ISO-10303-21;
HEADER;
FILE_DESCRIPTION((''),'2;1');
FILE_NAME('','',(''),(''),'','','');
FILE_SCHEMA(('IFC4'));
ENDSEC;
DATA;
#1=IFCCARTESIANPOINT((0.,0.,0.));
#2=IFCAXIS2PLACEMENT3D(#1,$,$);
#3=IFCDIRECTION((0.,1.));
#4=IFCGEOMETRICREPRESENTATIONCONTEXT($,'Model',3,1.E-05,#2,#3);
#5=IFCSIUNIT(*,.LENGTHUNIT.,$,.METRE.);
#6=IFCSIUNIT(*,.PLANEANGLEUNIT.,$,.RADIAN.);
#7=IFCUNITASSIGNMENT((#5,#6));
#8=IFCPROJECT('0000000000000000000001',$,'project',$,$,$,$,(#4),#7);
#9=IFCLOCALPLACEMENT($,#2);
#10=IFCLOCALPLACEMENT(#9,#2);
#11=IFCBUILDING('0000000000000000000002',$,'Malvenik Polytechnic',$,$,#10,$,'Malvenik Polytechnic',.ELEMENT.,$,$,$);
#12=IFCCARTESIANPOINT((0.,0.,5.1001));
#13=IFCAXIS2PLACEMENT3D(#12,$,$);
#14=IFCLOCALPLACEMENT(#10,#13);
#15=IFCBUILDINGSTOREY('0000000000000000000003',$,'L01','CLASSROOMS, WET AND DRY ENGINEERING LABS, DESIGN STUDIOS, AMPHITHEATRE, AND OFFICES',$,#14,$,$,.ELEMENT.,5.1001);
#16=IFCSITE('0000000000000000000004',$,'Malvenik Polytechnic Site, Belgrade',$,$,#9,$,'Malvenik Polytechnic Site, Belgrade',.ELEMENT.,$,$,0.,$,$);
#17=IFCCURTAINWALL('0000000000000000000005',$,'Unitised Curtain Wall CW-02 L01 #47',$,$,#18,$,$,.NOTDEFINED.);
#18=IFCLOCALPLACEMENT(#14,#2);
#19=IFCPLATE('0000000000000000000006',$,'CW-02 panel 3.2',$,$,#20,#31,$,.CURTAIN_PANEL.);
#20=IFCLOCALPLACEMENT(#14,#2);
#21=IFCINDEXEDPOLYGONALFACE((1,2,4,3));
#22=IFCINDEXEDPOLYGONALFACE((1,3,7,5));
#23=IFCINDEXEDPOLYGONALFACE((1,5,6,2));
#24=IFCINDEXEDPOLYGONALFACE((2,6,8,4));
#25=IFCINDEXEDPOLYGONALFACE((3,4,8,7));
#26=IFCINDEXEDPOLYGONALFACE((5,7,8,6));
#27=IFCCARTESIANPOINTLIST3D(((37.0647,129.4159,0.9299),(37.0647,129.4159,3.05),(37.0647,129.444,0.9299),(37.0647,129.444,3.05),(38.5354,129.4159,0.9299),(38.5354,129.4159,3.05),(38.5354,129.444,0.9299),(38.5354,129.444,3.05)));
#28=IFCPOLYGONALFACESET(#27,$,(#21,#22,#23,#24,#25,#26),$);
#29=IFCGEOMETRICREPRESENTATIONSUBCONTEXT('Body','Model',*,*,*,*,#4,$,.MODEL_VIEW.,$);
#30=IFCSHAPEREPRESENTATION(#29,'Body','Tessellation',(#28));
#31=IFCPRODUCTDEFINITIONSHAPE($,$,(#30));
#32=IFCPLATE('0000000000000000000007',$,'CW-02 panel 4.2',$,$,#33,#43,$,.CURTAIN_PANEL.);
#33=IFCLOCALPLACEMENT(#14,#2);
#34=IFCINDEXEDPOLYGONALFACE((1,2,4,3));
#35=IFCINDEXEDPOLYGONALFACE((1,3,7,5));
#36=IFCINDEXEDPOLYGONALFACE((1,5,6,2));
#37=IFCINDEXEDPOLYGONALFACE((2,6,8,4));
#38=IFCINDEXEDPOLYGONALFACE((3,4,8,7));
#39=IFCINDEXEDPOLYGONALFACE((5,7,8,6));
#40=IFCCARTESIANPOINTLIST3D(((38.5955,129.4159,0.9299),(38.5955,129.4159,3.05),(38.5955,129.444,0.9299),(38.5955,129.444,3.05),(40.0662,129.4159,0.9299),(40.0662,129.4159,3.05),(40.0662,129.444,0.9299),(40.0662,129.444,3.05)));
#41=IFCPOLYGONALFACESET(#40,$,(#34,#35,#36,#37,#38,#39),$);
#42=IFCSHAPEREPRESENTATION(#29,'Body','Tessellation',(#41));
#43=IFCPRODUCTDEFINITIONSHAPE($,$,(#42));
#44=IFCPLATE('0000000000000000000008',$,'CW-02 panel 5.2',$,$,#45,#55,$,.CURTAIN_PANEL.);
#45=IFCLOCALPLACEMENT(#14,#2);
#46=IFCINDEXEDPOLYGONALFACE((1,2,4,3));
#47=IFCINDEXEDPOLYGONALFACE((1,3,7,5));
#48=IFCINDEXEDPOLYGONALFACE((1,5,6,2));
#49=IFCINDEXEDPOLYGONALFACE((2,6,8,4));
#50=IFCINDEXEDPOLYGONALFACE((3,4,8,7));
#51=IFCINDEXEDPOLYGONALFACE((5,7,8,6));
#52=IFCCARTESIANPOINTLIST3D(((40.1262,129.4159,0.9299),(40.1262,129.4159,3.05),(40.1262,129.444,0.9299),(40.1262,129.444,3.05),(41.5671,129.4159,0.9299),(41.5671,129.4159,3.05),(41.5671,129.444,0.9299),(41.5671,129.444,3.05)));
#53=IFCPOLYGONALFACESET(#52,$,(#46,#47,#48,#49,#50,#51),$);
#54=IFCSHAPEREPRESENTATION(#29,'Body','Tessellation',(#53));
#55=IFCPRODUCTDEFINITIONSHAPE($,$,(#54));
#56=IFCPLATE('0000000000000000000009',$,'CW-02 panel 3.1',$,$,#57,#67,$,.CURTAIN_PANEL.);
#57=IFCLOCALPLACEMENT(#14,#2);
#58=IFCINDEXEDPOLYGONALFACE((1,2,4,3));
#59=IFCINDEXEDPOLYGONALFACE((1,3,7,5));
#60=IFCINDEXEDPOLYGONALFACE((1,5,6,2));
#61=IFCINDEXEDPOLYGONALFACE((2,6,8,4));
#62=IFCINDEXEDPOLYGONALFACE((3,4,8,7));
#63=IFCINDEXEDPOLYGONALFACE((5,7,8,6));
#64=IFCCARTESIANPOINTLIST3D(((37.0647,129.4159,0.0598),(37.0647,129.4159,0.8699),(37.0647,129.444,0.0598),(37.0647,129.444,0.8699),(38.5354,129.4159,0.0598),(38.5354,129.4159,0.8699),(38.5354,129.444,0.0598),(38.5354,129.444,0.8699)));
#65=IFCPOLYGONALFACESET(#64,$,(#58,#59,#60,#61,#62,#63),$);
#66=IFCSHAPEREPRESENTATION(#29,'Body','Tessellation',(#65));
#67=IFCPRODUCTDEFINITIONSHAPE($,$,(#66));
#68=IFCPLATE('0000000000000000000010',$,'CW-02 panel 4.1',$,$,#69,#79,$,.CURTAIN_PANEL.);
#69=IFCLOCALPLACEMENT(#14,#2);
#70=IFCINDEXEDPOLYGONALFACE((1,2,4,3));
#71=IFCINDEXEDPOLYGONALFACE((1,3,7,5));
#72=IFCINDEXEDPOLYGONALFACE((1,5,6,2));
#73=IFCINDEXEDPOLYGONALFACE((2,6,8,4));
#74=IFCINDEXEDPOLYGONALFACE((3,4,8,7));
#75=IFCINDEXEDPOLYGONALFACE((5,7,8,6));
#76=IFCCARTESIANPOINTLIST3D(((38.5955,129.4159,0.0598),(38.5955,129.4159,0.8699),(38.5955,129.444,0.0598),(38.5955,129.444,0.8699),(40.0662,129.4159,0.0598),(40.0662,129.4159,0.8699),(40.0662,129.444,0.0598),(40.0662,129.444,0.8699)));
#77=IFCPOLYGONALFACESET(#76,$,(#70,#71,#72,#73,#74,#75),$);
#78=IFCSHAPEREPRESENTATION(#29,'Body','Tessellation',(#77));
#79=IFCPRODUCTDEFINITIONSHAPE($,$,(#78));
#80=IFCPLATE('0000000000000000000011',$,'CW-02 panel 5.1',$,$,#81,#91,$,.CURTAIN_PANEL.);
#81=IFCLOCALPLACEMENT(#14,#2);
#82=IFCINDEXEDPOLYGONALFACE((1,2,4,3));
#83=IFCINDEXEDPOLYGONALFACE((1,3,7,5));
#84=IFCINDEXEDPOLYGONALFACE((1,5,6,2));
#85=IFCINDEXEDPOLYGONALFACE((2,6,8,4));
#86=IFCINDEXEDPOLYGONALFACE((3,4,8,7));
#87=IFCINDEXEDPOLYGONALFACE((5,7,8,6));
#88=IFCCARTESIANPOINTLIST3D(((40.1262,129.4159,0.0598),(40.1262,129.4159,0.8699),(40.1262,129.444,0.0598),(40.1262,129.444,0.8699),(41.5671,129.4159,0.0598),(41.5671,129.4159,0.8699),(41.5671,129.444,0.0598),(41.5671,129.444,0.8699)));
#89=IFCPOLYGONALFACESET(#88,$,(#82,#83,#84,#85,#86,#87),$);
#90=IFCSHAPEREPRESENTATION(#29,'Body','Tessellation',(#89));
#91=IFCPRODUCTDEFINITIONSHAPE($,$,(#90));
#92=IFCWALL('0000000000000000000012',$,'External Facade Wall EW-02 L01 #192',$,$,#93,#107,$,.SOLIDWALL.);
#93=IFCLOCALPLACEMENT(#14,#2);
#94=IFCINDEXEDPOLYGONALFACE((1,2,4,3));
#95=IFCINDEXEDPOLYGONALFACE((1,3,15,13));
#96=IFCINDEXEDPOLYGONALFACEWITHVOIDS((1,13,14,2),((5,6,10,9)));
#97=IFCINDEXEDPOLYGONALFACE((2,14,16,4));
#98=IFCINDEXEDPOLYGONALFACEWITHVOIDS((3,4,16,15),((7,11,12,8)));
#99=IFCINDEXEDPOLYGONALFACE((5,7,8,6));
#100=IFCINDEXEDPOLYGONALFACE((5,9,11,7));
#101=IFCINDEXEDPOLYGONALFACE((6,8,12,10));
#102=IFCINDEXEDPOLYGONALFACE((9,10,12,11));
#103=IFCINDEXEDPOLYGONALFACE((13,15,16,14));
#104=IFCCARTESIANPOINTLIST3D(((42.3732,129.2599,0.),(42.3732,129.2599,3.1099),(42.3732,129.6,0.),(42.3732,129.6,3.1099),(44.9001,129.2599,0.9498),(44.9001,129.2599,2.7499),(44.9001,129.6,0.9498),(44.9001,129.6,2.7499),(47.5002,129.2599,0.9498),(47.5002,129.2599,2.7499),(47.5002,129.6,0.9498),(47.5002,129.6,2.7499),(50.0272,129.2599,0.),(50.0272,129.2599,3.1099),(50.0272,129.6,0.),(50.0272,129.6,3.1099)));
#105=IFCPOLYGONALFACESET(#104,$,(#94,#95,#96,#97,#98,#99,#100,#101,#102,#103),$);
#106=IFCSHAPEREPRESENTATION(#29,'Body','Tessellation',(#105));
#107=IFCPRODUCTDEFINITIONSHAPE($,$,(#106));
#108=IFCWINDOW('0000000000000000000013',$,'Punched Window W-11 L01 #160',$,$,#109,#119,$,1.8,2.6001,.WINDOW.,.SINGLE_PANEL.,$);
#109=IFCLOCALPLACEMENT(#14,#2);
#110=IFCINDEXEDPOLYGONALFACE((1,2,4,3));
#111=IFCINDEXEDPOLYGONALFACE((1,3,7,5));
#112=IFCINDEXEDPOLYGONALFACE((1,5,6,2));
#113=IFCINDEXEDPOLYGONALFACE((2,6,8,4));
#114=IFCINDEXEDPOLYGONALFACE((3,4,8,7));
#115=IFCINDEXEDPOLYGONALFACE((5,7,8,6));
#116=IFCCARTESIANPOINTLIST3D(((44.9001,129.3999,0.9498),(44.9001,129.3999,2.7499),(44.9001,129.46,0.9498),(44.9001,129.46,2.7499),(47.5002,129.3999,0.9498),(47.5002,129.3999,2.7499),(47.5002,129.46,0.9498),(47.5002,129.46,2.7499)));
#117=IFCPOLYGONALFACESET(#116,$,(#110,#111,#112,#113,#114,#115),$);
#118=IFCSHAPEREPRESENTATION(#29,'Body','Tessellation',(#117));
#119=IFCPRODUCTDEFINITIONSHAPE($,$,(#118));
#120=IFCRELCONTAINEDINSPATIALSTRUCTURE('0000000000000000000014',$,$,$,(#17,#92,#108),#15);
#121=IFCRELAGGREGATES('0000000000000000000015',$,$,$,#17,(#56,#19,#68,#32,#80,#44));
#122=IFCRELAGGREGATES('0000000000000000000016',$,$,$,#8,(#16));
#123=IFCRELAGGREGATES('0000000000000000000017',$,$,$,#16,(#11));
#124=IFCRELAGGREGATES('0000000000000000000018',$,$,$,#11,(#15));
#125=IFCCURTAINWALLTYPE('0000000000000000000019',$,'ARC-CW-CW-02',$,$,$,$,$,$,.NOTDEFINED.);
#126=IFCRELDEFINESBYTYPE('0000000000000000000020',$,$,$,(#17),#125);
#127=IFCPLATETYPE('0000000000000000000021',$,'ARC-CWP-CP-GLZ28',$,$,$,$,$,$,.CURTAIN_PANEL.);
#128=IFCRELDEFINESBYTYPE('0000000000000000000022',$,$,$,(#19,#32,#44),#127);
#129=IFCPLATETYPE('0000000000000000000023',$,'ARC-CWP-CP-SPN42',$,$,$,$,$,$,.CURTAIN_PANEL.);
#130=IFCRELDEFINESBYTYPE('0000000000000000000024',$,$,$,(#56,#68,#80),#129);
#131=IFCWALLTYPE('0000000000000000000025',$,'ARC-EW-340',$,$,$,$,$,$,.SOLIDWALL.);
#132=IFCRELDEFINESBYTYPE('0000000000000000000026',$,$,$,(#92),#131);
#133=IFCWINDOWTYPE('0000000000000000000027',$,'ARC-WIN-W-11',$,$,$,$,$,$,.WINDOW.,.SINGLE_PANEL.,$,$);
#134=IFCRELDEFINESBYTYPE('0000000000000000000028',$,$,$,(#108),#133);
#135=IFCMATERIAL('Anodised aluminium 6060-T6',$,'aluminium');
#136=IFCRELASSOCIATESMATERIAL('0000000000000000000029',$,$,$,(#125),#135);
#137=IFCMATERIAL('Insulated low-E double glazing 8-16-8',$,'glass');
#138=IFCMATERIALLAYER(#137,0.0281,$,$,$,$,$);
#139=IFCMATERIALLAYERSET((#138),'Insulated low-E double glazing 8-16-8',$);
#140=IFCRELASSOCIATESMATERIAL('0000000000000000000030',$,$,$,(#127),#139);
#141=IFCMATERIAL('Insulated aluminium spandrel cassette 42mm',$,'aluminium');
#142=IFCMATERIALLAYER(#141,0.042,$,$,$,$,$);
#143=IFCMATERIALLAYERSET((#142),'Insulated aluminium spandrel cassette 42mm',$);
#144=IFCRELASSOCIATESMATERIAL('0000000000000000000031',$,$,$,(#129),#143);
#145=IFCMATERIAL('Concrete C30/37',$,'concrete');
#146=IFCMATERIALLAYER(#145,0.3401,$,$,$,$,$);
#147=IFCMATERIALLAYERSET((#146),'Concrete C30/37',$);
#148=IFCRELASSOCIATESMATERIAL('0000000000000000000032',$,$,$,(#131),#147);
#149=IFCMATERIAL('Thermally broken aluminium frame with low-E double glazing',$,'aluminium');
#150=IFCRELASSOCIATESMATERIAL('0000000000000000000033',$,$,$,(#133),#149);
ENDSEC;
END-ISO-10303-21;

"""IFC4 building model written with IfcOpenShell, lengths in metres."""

from ifc_helpers import new_model, si_unit, direction, frame, frame_2d, origin, origin_2d, place, context, subcontext, project, spatial, rectangle, extrude, material, layer, layer_set, type_object, element, fill, aggregate, save


model = new_model("IFC4")

# Units and contexts
model_context = context("Model", 3, precision=1e-05, world=origin(), true_north=direction((0.0, 1.0)))
body_context = subcontext(model_context, "Body", "Model", "MODEL_VIEW")
ifc_project = project(units=[si_unit("LENGTHUNIT", "METRE"), si_unit("PLANEANGLEUNIT", "RADIAN")], contexts=[model_context])

# Site, building, storey
site_placement = place(None, origin())
site = spatial("IfcSite", under=ifc_project, at=site_placement, Name="Malvenik Polytechnic Site, Belgrade", LongName="Malvenik Polytechnic Site, Belgrade", CompositionType="ELEMENT", RefElevation=0.0)
building_placement = place(site_placement, origin())
building = spatial("IfcBuilding", under=site, at=building_placement, Name="Malvenik Polytechnic", LongName="Malvenik Polytechnic", CompositionType="ELEMENT")
storey_placement = place(building_placement, frame((0.0, 0.0, 5.1001)))
storey = spatial("IfcBuildingStorey", under=building, at=storey_placement, Name="L01", Description="CLASSROOMS, WET AND DRY ENGINEERING LABS, DESIGN STUDIOS, AMPHITHEATRE, AND OFFICES", CompositionType="ELEMENT", Elevation=5.1001)

# Curtain wall
ifc_material_1 = material(Name="Anodised aluminium 6060-T6", Category="aluminium")
curtain_wall_type = type_object("IfcCurtainWallType", Name="ARC-CW-CW-02", PredefinedType="NOTDEFINED", material=ifc_material_1)
curtain_wall_placement = place(storey_placement, origin())
curtain_wall = element("IfcCurtainWall", 1, at=curtain_wall_placement, inside=storey, type_object=curtain_wall_type, Name="Unitised Curtain Wall CW-02 L01 #47", PredefinedType="NOTDEFINED")

# Plates
ifc_material_2 = material(Name="Insulated low-E double glazing 8-16-8", Category="glass")
ifc_layer_1 = layer(ifc_material_2, 0.0281)
ifc_layer_set_1 = layer_set([ifc_layer_1], Name="Insulated low-E double glazing 8-16-8")
plate_type_1 = type_object("IfcPlateType", Name="ARC-CWP-CP-GLZ28", PredefinedType="CURTAIN_PANEL", material=ifc_layer_set_1)
plate_1_placement = place(storey_placement, frame((37.8, 129.4299, 0.9299), z_axis=(0.0, 0.0, 1.0), x_axis=(1.0, 0.0, 0.0)))
plate_1 = element("IfcPlate", 2, at=plate_1_placement, type_object=plate_type_1, Name="CW-02 panel 3.2", PredefinedType="CURTAIN_PANEL", context=body_context, shape_type="SweptSolid", body=[
    extrude(rectangle(XDim=1.4707, YDim=0.0281, at=origin_2d()), origin(), (0.0, 0.0, 1.0), 2.1201),
])
plate_2_placement = place(storey_placement, frame((39.3308, 129.4299, 0.9299), z_axis=(0.0, 0.0, 1.0), x_axis=(1.0, 0.0, 0.0)))
plate_2 = element("IfcPlate", 3, at=plate_2_placement, type_object=plate_type_1, Name="CW-02 panel 4.2", PredefinedType="CURTAIN_PANEL", context=body_context, shape_type="SweptSolid", body=[
    extrude(rectangle(XDim=1.4707, YDim=0.0281, at=origin_2d()), origin(), (0.0, 0.0, 1.0), 2.1201),
])
plate_3_placement = place(storey_placement, frame((40.8467, 129.4299, 0.9299), z_axis=(0.0, 0.0, 1.0), x_axis=(1.0, 0.0, 0.0)))
plate_3 = element("IfcPlate", 4, at=plate_3_placement, type_object=plate_type_1, Name="CW-02 panel 5.2", PredefinedType="CURTAIN_PANEL", context=body_context, shape_type="SweptSolid", body=[
    extrude(rectangle(XDim=1.4409, YDim=0.0281, at=origin_2d()), origin(), (0.0, 0.0, 1.0), 2.1201),
])
ifc_material_3 = material(Name="Insulated aluminium spandrel cassette 42mm", Category="aluminium")
ifc_layer_2 = layer(ifc_material_3, 0.042)
ifc_layer_set_2 = layer_set([ifc_layer_2], Name="Insulated aluminium spandrel cassette 42mm")
plate_type_2 = type_object("IfcPlateType", Name="ARC-CWP-CP-SPN42", PredefinedType="CURTAIN_PANEL", material=ifc_layer_set_2)
plate_4_placement = place(storey_placement, frame((37.8, 129.4299, 0.0598), z_axis=(0.0, 0.0, 1.0), x_axis=(1.0, 0.0, 0.0)))
plate_4 = element("IfcPlate", 5, at=plate_4_placement, type_object=plate_type_2, Name="CW-02 panel 3.1", PredefinedType="CURTAIN_PANEL", context=body_context, shape_type="SweptSolid", body=[
    extrude(rectangle(XDim=1.4707, YDim=0.0281, at=origin_2d()), origin(), (0.0, 0.0, 1.0), 0.8101),
])
plate_5_placement = place(storey_placement, frame((39.3308, 129.4299, 0.0598), z_axis=(0.0, 0.0, 1.0), x_axis=(1.0, 0.0, 0.0)))
plate_5 = element("IfcPlate", 6, at=plate_5_placement, type_object=plate_type_2, Name="CW-02 panel 4.1", PredefinedType="CURTAIN_PANEL", context=body_context, shape_type="SweptSolid", body=[
    extrude(rectangle(XDim=1.4707, YDim=0.0281, at=origin_2d()), origin(), (0.0, 0.0, 1.0), 0.8101),
])
plate_6_placement = place(storey_placement, frame((40.8467, 129.4299, 0.0598), z_axis=(0.0, 0.0, 1.0), x_axis=(1.0, 0.0, 0.0)))
plate_6 = element("IfcPlate", 7, at=plate_6_placement, type_object=plate_type_2, Name="CW-02 panel 5.1", PredefinedType="CURTAIN_PANEL", context=body_context, shape_type="SweptSolid", body=[
    extrude(rectangle(XDim=1.4409, YDim=0.0281, at=origin_2d()), origin(), (0.0, 0.0, 1.0), 0.8101),
])
aggregate(curtain_wall, [plate_4, plate_1, plate_5, plate_2, plate_6, plate_3])

# Wall, opening, window
ifc_material_4 = material(Name="Concrete C30/37", Category="concrete")
ifc_layer_3 = layer(ifc_material_4, 0.3401)
ifc_layer_set_3 = layer_set([ifc_layer_3], Name="Concrete C30/37")
wall_type = type_object("IfcWallType", Name="ARC-EW-340", PredefinedType="SOLIDWALL", material=ifc_layer_set_3)
wall_placement = place(storey_placement, frame((42.373, 129.4299, 0.0), z_axis=(0.0, 0.0, 1.0), x_axis=(1.0, 0.0, 0.0)))
wall = element("IfcWall", 8, at=wall_placement, inside=storey, type_object=wall_type, Name="External Facade Wall EW-02 L01 #192", PredefinedType="SOLIDWALL", context=body_context, shape_type="SweptSolid", body=[
    extrude(rectangle(XDim=7.6541, YDim=0.3401, at=frame_2d((3.8271, 0.0))), origin(), (0.0, 0.0, 1.0), 3.1099),
])
opening_placement = place(wall_placement, frame((2.5271, 0.0, 0.95)))
opening = element("IfcOpeningElement", 9, at=opening_placement, cuts=wall, PredefinedType="OPENING", context=body_context, shape_type="SweptSolid", body=[
    extrude(rectangle(XDim=2.6001, YDim=1.8, at=frame_2d((1.3, 0.8999))), frame((0.0, 0.1802, 0.0), z_axis=(0.0, -1.0, 0.0), x_axis=(1.0, 0.0, 0.0)), (0.0, 0.0, 1.0), 0.3601),
])
ifc_material_5 = material(Name="Thermally broken aluminium frame with low-E double glazing", Category="aluminium")
window_type = type_object("IfcWindowType", Name="ARC-WIN-W-11", PartitioningType="SINGLE_PANEL", PredefinedType="WINDOW", material=ifc_material_5)
window_placement = place(opening_placement, origin())
window = element("IfcWindow", 10, at=window_placement, inside=storey, type_object=window_type, Name="Punched Window W-11 L01 #160", OverallHeight=1.8, OverallWidth=2.6001, PartitioningType="SINGLE_PANEL", PredefinedType="WINDOW", context=body_context, shape_type="SweptSolid", body=[
    extrude(rectangle(XDim=2.6001, YDim=1.8, at=frame_2d((1.3, 0.8999))), frame((0.0, 0.03, 0.0), z_axis=(0.0, -1.0, 0.0), x_axis=(1.0, 0.0, 0.0)), (0.0, 0.0, 1.0), 0.0601),
])
fill(opening, window)

save(model, "model.ifc")
